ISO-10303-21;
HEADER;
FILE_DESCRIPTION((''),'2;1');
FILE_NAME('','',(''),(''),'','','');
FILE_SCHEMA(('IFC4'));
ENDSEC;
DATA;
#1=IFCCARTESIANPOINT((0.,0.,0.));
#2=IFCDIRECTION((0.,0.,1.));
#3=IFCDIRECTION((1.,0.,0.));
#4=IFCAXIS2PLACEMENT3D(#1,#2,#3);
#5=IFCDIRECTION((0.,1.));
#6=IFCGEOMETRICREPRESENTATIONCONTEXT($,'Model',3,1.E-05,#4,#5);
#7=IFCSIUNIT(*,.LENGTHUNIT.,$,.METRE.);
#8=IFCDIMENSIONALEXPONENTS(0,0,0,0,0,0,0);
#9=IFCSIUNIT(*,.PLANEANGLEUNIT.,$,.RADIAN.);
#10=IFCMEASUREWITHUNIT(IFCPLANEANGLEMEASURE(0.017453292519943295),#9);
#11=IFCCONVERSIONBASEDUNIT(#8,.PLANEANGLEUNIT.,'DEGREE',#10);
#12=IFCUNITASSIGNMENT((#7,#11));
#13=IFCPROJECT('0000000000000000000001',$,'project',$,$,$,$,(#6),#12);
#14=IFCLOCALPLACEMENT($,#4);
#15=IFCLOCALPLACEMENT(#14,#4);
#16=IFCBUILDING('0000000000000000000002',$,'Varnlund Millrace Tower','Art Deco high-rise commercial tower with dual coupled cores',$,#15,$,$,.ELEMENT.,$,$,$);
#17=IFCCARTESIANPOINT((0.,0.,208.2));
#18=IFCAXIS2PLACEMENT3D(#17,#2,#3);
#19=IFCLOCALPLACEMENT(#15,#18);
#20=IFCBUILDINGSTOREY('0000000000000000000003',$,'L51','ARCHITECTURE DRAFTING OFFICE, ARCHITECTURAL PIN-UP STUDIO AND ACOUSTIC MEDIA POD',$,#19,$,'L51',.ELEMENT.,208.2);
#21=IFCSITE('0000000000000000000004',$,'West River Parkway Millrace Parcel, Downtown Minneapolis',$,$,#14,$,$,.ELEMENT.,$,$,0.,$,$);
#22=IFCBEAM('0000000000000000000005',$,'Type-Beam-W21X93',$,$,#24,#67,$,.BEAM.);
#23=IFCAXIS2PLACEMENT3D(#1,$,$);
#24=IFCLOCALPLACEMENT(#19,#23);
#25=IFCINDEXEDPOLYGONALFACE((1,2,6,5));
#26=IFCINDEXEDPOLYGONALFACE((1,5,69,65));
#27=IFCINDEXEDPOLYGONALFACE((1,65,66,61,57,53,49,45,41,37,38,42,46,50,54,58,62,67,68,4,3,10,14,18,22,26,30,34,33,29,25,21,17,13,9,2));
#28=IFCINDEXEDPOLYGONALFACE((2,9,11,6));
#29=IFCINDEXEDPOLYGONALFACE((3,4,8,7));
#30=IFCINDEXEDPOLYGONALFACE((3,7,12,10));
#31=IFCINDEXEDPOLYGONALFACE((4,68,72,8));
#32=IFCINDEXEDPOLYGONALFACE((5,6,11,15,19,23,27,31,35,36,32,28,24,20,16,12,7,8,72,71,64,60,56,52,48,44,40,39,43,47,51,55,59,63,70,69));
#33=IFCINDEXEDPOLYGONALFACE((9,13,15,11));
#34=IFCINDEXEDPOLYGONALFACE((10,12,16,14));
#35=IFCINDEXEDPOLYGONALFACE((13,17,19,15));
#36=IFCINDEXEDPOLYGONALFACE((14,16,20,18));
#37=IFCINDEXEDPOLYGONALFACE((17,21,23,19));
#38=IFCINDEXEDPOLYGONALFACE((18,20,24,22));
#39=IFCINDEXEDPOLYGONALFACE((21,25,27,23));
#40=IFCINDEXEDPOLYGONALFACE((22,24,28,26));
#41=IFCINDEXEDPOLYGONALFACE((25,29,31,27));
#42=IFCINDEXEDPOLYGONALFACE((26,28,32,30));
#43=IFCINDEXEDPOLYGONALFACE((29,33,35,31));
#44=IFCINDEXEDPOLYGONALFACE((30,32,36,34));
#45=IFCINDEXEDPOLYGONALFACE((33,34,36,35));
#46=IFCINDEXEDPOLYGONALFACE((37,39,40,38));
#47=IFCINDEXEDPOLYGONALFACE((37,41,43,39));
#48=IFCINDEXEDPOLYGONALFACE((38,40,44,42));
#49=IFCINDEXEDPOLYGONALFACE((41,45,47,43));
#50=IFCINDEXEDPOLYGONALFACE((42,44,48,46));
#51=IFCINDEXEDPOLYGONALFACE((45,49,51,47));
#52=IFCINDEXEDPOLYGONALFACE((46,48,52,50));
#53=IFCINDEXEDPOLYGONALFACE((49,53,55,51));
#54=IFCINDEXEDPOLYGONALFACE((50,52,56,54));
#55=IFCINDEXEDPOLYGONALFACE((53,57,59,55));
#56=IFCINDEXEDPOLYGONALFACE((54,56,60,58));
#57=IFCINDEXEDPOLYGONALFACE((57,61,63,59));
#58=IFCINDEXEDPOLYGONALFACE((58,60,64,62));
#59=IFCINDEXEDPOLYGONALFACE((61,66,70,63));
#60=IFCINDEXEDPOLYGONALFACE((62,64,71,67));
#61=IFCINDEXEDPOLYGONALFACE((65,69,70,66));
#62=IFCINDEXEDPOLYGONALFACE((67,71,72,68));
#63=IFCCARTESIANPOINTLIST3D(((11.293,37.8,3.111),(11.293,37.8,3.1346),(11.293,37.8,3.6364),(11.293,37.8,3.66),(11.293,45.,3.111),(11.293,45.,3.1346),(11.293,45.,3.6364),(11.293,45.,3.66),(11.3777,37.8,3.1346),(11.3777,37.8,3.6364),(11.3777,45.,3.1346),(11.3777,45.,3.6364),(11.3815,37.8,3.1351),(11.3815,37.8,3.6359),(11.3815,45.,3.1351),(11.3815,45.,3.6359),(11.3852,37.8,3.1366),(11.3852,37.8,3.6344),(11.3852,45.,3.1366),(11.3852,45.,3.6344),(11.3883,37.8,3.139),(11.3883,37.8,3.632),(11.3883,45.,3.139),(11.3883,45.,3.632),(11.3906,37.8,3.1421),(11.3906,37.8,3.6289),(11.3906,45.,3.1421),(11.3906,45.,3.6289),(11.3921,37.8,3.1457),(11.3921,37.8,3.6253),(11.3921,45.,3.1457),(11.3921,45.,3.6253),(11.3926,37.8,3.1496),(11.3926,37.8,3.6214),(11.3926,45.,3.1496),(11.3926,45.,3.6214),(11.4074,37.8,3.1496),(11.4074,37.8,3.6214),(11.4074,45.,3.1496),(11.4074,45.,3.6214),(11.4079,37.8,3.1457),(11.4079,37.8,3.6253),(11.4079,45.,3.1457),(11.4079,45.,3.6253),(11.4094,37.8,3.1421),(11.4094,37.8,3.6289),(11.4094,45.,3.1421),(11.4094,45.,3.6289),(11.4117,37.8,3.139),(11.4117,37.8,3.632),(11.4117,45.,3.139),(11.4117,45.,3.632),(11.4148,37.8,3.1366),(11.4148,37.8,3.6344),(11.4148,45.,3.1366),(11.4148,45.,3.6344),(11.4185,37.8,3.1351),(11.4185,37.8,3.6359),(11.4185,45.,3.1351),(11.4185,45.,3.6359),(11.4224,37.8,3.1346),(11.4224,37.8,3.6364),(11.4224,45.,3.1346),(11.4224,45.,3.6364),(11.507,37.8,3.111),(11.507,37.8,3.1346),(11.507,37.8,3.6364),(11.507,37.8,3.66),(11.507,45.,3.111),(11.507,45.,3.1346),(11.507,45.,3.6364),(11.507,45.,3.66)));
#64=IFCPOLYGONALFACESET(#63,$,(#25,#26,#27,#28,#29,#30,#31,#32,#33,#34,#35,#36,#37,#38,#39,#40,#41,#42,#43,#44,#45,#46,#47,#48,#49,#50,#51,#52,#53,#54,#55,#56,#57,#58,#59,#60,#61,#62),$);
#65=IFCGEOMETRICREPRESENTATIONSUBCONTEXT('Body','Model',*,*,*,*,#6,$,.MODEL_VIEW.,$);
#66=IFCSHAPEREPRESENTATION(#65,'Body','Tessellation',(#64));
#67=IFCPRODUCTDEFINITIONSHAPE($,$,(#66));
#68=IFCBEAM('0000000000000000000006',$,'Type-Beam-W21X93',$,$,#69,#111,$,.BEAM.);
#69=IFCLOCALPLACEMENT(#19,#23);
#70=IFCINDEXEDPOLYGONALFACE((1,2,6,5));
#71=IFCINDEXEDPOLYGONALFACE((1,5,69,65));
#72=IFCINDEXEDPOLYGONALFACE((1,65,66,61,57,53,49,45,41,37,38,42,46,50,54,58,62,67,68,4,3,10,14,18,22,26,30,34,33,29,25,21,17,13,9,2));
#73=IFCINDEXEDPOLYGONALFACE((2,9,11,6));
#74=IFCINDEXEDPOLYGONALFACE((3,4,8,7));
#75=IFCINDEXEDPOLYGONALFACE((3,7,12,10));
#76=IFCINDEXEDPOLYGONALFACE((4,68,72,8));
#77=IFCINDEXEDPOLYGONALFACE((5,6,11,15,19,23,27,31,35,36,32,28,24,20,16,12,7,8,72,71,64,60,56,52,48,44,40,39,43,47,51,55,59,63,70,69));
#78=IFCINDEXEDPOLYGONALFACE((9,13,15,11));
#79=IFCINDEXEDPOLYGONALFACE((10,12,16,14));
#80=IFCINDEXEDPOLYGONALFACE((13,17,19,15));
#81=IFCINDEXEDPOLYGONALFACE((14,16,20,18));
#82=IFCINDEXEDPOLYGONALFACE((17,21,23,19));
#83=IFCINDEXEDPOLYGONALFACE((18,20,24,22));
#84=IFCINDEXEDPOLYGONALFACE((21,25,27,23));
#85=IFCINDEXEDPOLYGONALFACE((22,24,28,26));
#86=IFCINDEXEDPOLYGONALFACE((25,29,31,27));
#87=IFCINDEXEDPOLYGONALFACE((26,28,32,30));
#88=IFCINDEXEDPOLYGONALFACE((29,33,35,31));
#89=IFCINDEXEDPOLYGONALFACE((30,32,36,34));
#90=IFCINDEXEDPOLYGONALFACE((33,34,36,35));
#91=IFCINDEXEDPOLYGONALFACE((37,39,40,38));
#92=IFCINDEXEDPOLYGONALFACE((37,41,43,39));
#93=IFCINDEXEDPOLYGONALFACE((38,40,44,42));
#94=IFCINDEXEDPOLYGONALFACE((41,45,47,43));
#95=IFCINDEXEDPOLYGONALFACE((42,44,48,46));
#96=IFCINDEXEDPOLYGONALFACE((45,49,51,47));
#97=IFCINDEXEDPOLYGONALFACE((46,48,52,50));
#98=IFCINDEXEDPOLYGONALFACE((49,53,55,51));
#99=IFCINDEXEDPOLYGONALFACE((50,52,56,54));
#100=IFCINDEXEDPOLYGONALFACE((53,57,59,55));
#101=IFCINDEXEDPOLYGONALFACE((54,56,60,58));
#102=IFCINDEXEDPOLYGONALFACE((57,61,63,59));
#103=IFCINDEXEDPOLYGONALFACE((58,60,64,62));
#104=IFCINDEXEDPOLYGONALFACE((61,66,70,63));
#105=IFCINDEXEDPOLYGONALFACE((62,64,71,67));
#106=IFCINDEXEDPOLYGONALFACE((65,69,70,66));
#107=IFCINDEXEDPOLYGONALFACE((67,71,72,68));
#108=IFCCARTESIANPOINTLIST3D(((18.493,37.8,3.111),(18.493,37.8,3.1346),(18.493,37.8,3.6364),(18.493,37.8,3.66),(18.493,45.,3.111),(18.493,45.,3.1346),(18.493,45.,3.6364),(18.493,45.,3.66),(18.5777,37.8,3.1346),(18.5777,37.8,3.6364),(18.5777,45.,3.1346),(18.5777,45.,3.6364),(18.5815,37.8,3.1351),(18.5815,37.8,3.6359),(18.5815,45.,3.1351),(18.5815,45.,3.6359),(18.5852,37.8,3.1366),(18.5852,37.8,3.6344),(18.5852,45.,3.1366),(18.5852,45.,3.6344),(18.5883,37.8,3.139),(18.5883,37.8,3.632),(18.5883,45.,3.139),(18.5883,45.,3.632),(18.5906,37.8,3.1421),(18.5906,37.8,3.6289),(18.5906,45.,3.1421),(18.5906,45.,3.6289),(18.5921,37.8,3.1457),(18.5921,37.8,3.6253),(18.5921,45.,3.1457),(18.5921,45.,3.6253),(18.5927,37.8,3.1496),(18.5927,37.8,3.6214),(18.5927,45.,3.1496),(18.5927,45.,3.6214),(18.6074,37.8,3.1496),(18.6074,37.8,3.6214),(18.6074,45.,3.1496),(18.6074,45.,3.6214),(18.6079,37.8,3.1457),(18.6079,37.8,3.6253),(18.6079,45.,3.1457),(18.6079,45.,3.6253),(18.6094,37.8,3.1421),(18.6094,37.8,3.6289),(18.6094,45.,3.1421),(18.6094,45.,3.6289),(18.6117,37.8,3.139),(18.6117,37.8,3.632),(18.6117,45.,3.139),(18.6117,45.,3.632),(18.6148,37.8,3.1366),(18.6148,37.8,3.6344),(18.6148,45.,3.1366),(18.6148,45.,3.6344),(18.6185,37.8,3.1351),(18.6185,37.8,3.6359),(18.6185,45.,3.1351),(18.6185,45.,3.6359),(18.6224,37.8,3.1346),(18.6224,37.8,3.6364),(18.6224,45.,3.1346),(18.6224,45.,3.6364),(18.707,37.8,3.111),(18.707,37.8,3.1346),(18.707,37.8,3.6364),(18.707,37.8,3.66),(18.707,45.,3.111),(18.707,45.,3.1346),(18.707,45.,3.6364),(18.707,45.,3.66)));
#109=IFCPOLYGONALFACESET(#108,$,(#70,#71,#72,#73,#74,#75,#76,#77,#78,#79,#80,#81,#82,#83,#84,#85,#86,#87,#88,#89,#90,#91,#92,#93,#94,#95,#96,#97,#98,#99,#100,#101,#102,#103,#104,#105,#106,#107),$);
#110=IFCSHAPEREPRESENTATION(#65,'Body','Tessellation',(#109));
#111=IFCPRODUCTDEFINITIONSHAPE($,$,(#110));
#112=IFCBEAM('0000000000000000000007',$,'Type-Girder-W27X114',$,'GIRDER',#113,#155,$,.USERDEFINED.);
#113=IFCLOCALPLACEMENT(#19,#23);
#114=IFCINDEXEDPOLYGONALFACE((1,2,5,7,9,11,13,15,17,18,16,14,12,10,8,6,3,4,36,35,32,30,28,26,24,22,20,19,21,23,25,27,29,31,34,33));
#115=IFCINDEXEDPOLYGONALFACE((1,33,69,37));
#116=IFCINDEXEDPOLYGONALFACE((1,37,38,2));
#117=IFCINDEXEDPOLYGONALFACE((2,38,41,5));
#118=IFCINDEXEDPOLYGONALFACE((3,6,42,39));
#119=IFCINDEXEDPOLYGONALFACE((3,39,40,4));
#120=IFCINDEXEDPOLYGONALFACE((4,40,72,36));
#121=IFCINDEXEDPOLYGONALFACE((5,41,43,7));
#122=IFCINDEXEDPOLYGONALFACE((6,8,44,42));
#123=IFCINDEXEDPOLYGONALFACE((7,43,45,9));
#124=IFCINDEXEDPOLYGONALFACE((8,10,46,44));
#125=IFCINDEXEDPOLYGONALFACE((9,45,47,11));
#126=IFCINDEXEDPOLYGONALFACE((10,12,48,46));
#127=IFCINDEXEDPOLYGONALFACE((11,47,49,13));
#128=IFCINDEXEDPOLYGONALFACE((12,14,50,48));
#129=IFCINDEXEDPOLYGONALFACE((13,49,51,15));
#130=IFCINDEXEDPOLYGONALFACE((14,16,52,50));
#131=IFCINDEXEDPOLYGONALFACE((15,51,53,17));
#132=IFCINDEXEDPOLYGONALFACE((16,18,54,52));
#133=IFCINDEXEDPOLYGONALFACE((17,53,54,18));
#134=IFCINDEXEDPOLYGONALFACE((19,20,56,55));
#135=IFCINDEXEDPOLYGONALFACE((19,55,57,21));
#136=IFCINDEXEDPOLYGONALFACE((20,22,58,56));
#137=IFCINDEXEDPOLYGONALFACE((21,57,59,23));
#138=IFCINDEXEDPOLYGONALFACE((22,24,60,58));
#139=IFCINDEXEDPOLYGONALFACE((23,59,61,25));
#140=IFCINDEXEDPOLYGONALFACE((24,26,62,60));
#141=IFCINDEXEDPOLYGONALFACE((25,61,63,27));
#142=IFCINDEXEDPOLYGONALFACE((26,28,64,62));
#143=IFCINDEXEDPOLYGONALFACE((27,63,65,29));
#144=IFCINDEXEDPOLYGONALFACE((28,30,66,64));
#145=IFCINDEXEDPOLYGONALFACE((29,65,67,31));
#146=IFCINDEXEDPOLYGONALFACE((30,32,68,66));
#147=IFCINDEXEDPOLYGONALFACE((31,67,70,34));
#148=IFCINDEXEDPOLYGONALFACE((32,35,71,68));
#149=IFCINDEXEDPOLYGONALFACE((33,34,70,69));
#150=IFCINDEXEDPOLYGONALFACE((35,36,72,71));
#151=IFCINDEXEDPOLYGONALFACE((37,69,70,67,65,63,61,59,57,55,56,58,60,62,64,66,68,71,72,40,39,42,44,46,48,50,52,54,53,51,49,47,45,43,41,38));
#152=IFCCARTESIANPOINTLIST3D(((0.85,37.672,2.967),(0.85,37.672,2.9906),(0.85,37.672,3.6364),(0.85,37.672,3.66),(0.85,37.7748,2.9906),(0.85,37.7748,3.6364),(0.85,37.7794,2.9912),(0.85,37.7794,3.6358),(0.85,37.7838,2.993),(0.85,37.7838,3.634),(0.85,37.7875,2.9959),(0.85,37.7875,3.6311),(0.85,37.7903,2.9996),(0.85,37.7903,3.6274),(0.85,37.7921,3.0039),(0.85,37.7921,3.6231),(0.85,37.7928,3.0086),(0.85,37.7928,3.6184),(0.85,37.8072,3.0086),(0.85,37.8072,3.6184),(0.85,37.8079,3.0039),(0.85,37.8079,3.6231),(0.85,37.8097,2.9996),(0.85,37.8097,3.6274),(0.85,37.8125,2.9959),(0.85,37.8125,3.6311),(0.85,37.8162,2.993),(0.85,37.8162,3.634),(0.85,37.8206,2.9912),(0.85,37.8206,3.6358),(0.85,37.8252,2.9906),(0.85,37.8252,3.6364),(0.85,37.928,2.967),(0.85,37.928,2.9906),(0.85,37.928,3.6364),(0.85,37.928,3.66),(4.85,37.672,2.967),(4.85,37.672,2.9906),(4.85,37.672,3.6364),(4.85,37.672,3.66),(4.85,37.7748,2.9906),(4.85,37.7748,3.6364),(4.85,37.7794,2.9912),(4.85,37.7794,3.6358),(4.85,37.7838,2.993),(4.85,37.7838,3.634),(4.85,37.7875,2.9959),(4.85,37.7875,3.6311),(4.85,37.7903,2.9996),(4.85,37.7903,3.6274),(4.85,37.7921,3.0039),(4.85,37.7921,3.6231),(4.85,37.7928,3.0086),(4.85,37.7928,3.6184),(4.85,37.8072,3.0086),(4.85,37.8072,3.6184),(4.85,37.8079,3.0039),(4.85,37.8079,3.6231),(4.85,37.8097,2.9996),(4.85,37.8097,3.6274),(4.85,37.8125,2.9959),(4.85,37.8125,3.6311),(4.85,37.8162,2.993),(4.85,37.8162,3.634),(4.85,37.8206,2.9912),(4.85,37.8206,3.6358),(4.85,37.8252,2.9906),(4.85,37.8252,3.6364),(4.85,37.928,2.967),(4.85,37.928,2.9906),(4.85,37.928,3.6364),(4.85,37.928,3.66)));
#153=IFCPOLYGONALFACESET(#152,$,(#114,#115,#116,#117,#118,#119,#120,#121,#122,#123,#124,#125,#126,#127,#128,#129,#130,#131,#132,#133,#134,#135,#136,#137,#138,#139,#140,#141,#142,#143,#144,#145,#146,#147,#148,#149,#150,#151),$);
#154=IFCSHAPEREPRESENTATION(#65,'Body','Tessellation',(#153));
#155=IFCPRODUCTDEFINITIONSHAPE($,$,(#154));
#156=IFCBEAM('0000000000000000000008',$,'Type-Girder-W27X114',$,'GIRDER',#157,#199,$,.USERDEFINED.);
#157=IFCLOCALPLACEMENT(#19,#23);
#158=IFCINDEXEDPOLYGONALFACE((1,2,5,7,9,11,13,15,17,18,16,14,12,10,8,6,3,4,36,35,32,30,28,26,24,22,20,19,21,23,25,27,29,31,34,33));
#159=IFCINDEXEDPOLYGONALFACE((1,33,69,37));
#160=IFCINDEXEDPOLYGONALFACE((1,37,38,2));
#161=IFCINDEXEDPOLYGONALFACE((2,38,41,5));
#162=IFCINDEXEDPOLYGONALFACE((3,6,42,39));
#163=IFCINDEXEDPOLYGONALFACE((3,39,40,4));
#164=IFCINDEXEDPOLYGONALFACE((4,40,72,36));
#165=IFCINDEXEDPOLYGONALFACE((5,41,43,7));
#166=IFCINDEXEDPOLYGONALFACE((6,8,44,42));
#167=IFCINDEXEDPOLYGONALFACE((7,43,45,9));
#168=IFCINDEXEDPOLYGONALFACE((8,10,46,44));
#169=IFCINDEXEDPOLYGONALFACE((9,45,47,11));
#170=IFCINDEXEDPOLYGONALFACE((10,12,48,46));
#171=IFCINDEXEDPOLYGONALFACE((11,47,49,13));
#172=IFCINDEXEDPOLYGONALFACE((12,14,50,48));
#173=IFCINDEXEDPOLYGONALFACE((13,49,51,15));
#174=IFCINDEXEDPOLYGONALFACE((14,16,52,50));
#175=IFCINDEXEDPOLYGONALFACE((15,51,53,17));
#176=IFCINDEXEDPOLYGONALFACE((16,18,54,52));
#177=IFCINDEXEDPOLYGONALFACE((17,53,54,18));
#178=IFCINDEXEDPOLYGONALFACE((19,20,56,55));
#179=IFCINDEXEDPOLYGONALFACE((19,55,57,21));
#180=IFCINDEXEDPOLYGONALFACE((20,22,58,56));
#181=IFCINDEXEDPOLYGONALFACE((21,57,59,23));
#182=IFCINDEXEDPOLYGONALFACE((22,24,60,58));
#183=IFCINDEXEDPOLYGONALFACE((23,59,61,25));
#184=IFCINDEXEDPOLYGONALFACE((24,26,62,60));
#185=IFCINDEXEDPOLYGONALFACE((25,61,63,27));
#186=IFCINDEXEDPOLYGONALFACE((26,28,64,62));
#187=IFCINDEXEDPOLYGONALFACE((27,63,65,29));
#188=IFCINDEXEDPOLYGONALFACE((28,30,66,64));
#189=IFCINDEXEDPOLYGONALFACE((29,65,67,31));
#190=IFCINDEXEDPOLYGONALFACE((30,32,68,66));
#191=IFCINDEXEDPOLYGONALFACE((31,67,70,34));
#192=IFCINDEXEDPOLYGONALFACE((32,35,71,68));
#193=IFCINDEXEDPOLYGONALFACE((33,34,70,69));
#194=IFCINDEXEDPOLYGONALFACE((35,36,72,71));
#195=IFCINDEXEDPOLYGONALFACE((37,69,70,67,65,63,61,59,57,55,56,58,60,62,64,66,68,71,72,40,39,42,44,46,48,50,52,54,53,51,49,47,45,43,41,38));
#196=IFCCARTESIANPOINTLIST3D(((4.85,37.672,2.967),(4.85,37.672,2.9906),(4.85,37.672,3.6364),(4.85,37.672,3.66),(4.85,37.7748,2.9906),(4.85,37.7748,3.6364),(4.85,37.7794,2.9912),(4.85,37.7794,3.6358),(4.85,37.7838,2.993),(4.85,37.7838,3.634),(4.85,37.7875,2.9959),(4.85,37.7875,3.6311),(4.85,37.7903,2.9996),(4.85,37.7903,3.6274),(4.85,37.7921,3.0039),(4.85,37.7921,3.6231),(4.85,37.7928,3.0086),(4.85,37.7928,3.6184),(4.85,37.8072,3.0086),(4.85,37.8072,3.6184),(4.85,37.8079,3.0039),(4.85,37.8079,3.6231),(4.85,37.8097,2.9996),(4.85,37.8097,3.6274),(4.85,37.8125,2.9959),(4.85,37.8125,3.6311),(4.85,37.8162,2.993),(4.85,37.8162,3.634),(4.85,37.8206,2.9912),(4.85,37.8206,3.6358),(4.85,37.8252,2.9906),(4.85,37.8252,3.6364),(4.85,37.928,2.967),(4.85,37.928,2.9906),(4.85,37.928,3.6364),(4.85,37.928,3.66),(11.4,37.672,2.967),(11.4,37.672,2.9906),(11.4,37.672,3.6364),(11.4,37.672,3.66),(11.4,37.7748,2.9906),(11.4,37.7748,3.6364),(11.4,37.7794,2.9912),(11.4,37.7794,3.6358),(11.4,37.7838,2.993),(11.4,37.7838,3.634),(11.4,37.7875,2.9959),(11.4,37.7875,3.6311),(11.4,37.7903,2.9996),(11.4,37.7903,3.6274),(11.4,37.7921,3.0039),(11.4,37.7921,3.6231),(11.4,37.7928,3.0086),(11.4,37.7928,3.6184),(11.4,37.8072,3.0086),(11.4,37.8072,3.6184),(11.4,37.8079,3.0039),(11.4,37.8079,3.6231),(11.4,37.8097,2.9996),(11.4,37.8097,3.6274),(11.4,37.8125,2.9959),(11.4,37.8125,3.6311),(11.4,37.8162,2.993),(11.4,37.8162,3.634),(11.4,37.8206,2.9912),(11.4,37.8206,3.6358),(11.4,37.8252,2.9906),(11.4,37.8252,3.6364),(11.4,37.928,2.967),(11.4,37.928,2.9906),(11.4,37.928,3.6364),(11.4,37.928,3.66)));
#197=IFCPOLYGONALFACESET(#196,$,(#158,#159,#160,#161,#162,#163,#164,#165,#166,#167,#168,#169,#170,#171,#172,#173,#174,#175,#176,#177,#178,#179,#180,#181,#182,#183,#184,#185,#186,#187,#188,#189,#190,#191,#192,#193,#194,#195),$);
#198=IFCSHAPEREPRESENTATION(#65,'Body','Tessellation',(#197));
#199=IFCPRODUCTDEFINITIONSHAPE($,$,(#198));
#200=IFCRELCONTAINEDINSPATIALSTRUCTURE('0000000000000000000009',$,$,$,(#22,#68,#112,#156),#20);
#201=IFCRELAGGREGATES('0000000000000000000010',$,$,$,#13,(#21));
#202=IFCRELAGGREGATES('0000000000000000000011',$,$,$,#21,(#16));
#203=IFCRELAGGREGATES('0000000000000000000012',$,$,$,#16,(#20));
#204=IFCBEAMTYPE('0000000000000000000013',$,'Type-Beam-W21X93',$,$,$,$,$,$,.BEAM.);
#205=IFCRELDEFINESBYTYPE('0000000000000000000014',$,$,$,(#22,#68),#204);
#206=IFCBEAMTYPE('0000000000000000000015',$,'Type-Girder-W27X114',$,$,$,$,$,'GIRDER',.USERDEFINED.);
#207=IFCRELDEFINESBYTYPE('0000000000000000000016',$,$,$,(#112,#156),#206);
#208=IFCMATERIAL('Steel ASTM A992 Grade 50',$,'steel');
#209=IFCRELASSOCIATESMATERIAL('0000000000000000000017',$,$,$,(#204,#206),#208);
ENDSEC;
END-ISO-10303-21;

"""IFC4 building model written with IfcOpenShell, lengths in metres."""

from ifc_helpers import new_model, entity, si_unit, converted_unit, direction, frame, origin_with_axes, origin_2d_with_axis, place, context, subcontext, project, spatial, i_section, extrude, material, material_profile, profile_set, type_object, element, save


model = new_model("IFC4")

# Units and contexts
model_context = context("Model", 3, precision=1e-05, world=origin_with_axes(), true_north=direction((0.0, 1.0)))
body_context = subcontext(model_context, "Body", "Model", "MODEL_VIEW")
ifc_project = project(units=[si_unit("LENGTHUNIT", "METRE"), converted_unit("PLANEANGLEUNIT", "DEGREE", entity("IfcPlaneAngleMeasure", 0.017453292519943295), si_unit("PLANEANGLEUNIT", "RADIAN"), dimensions=[0, 0, 0, 0, 0, 0, 0])], contexts=[model_context])

# Site, building, storey
site_placement = place(None, origin_with_axes())
site = spatial("IfcSite", under=ifc_project, at=site_placement, Name="West River Parkway Millrace Parcel, Downtown Minneapolis", CompositionType="ELEMENT", RefElevation=0.0)
building_placement = place(site_placement, origin_with_axes())
building = spatial("IfcBuilding", under=site, at=building_placement, Name="Varnlund Millrace Tower", Description="Art Deco high-rise commercial tower with dual coupled cores", CompositionType="ELEMENT")
storey_placement = place(building_placement, frame((0.0, 0.0, 208.2), z_axis=(0.0, 0.0, 1.0), x_axis=(1.0, 0.0, 0.0)))
storey = spatial("IfcBuildingStorey", under=building, at=storey_placement, Name="L51", Description="ARCHITECTURE DRAFTING OFFICE, ARCHITECTURAL PIN-UP STUDIO AND ACOUSTIC MEDIA POD", LongName="L51", CompositionType="ELEMENT", Elevation=208.2)

# Beams
ifc_material_1 = material(Name="Steel ASTM A992 Grade 50", Category="steel")
ifc_material_profile_1 = material_profile(ifc_material_1, i_section(OverallWidth=0.214, OverallDepth=0.549, WebThickness=0.0147, FlangeThickness=0.0236, FilletRadius=0.015, at=origin_2d_with_axis()), Name="Steel ASTM A992 Grade 50")
ifc_profile_set_1 = profile_set([ifc_material_profile_1], Name="Steel ASTM A992 Grade 50")
beam_type_1 = type_object("IfcBeamType", Name="Type-Beam-W21X93", PredefinedType="BEAM", material=ifc_profile_set_1)
for number, where, z_axis, x_axis, name in (
    (1, (11.4, 37.8, 3.3855), (0.0, 1.0, 0.0), (-1.0, 0.0, 0.0), "Type-Beam-W21X93"),
    (2, (18.6, 37.8, 3.3855), (0.0, 1.0, 0.0), (-1.0, 0.0, 0.0), "Type-Beam-W21X93"),
):
    element("IfcBeam", number, at=place(storey_placement, frame(where, z_axis=z_axis, x_axis=x_axis)), inside=storey, type_object=beam_type_1, Name=name, PredefinedType="BEAM", context=body_context, shape_type="SweptSolid", body=[
        extrude(i_section(OverallWidth=0.214, OverallDepth=0.549, WebThickness=0.0147, FlangeThickness=0.0236, FilletRadius=0.015, at=origin_2d_with_axis()), origin_with_axes(), (0.0, 0.0, 1.0), 7.2),
    ])
ifc_material_profile_2 = material_profile(ifc_material_1, i_section(OverallWidth=0.256, OverallDepth=0.693, WebThickness=0.0145, FlangeThickness=0.0236, FilletRadius=0.018, at=origin_2d_with_axis()), Name="Steel ASTM A992 Grade 50")
ifc_profile_set_2 = profile_set([ifc_material_profile_2], Name="Steel ASTM A992 Grade 50")
beam_type_2 = type_object("IfcBeamType", Name="Type-Girder-W27X114", ElementType="GIRDER", PredefinedType="USERDEFINED", material=ifc_profile_set_2)
beam_1_placement = place(storey_placement, frame((0.85, 37.8, 3.3135), z_axis=(1.0, 0.0, 0.0), x_axis=(0.0, 1.0, 0.0)))
element("IfcBeam", 3, at=beam_1_placement, inside=storey, type_object=beam_type_2, Name="Type-Girder-W27X114", ObjectType="GIRDER", PredefinedType="USERDEFINED", context=body_context, shape_type="SweptSolid", body=[
    extrude(i_section(OverallWidth=0.256, OverallDepth=0.693, WebThickness=0.0145, FlangeThickness=0.0236, FilletRadius=0.018, at=origin_2d_with_axis()), origin_with_axes(), (0.0, 0.0, 1.0), 4.0),
])
beam_2_placement = place(storey_placement, frame((4.85, 37.8, 3.3135), z_axis=(1.0, 0.0, 0.0), x_axis=(0.0, 1.0, 0.0)))
element("IfcBeam", 4, at=beam_2_placement, inside=storey, type_object=beam_type_2, Name="Type-Girder-W27X114", ObjectType="GIRDER", PredefinedType="USERDEFINED", context=body_context, shape_type="SweptSolid", body=[
    extrude(i_section(OverallWidth=0.256, OverallDepth=0.693, WebThickness=0.0145, FlangeThickness=0.0236, FilletRadius=0.018, at=origin_2d_with_axis()), origin_with_axes(), (0.0, 0.0, 1.0), 6.55),
])

save(model, "model.ifc")
